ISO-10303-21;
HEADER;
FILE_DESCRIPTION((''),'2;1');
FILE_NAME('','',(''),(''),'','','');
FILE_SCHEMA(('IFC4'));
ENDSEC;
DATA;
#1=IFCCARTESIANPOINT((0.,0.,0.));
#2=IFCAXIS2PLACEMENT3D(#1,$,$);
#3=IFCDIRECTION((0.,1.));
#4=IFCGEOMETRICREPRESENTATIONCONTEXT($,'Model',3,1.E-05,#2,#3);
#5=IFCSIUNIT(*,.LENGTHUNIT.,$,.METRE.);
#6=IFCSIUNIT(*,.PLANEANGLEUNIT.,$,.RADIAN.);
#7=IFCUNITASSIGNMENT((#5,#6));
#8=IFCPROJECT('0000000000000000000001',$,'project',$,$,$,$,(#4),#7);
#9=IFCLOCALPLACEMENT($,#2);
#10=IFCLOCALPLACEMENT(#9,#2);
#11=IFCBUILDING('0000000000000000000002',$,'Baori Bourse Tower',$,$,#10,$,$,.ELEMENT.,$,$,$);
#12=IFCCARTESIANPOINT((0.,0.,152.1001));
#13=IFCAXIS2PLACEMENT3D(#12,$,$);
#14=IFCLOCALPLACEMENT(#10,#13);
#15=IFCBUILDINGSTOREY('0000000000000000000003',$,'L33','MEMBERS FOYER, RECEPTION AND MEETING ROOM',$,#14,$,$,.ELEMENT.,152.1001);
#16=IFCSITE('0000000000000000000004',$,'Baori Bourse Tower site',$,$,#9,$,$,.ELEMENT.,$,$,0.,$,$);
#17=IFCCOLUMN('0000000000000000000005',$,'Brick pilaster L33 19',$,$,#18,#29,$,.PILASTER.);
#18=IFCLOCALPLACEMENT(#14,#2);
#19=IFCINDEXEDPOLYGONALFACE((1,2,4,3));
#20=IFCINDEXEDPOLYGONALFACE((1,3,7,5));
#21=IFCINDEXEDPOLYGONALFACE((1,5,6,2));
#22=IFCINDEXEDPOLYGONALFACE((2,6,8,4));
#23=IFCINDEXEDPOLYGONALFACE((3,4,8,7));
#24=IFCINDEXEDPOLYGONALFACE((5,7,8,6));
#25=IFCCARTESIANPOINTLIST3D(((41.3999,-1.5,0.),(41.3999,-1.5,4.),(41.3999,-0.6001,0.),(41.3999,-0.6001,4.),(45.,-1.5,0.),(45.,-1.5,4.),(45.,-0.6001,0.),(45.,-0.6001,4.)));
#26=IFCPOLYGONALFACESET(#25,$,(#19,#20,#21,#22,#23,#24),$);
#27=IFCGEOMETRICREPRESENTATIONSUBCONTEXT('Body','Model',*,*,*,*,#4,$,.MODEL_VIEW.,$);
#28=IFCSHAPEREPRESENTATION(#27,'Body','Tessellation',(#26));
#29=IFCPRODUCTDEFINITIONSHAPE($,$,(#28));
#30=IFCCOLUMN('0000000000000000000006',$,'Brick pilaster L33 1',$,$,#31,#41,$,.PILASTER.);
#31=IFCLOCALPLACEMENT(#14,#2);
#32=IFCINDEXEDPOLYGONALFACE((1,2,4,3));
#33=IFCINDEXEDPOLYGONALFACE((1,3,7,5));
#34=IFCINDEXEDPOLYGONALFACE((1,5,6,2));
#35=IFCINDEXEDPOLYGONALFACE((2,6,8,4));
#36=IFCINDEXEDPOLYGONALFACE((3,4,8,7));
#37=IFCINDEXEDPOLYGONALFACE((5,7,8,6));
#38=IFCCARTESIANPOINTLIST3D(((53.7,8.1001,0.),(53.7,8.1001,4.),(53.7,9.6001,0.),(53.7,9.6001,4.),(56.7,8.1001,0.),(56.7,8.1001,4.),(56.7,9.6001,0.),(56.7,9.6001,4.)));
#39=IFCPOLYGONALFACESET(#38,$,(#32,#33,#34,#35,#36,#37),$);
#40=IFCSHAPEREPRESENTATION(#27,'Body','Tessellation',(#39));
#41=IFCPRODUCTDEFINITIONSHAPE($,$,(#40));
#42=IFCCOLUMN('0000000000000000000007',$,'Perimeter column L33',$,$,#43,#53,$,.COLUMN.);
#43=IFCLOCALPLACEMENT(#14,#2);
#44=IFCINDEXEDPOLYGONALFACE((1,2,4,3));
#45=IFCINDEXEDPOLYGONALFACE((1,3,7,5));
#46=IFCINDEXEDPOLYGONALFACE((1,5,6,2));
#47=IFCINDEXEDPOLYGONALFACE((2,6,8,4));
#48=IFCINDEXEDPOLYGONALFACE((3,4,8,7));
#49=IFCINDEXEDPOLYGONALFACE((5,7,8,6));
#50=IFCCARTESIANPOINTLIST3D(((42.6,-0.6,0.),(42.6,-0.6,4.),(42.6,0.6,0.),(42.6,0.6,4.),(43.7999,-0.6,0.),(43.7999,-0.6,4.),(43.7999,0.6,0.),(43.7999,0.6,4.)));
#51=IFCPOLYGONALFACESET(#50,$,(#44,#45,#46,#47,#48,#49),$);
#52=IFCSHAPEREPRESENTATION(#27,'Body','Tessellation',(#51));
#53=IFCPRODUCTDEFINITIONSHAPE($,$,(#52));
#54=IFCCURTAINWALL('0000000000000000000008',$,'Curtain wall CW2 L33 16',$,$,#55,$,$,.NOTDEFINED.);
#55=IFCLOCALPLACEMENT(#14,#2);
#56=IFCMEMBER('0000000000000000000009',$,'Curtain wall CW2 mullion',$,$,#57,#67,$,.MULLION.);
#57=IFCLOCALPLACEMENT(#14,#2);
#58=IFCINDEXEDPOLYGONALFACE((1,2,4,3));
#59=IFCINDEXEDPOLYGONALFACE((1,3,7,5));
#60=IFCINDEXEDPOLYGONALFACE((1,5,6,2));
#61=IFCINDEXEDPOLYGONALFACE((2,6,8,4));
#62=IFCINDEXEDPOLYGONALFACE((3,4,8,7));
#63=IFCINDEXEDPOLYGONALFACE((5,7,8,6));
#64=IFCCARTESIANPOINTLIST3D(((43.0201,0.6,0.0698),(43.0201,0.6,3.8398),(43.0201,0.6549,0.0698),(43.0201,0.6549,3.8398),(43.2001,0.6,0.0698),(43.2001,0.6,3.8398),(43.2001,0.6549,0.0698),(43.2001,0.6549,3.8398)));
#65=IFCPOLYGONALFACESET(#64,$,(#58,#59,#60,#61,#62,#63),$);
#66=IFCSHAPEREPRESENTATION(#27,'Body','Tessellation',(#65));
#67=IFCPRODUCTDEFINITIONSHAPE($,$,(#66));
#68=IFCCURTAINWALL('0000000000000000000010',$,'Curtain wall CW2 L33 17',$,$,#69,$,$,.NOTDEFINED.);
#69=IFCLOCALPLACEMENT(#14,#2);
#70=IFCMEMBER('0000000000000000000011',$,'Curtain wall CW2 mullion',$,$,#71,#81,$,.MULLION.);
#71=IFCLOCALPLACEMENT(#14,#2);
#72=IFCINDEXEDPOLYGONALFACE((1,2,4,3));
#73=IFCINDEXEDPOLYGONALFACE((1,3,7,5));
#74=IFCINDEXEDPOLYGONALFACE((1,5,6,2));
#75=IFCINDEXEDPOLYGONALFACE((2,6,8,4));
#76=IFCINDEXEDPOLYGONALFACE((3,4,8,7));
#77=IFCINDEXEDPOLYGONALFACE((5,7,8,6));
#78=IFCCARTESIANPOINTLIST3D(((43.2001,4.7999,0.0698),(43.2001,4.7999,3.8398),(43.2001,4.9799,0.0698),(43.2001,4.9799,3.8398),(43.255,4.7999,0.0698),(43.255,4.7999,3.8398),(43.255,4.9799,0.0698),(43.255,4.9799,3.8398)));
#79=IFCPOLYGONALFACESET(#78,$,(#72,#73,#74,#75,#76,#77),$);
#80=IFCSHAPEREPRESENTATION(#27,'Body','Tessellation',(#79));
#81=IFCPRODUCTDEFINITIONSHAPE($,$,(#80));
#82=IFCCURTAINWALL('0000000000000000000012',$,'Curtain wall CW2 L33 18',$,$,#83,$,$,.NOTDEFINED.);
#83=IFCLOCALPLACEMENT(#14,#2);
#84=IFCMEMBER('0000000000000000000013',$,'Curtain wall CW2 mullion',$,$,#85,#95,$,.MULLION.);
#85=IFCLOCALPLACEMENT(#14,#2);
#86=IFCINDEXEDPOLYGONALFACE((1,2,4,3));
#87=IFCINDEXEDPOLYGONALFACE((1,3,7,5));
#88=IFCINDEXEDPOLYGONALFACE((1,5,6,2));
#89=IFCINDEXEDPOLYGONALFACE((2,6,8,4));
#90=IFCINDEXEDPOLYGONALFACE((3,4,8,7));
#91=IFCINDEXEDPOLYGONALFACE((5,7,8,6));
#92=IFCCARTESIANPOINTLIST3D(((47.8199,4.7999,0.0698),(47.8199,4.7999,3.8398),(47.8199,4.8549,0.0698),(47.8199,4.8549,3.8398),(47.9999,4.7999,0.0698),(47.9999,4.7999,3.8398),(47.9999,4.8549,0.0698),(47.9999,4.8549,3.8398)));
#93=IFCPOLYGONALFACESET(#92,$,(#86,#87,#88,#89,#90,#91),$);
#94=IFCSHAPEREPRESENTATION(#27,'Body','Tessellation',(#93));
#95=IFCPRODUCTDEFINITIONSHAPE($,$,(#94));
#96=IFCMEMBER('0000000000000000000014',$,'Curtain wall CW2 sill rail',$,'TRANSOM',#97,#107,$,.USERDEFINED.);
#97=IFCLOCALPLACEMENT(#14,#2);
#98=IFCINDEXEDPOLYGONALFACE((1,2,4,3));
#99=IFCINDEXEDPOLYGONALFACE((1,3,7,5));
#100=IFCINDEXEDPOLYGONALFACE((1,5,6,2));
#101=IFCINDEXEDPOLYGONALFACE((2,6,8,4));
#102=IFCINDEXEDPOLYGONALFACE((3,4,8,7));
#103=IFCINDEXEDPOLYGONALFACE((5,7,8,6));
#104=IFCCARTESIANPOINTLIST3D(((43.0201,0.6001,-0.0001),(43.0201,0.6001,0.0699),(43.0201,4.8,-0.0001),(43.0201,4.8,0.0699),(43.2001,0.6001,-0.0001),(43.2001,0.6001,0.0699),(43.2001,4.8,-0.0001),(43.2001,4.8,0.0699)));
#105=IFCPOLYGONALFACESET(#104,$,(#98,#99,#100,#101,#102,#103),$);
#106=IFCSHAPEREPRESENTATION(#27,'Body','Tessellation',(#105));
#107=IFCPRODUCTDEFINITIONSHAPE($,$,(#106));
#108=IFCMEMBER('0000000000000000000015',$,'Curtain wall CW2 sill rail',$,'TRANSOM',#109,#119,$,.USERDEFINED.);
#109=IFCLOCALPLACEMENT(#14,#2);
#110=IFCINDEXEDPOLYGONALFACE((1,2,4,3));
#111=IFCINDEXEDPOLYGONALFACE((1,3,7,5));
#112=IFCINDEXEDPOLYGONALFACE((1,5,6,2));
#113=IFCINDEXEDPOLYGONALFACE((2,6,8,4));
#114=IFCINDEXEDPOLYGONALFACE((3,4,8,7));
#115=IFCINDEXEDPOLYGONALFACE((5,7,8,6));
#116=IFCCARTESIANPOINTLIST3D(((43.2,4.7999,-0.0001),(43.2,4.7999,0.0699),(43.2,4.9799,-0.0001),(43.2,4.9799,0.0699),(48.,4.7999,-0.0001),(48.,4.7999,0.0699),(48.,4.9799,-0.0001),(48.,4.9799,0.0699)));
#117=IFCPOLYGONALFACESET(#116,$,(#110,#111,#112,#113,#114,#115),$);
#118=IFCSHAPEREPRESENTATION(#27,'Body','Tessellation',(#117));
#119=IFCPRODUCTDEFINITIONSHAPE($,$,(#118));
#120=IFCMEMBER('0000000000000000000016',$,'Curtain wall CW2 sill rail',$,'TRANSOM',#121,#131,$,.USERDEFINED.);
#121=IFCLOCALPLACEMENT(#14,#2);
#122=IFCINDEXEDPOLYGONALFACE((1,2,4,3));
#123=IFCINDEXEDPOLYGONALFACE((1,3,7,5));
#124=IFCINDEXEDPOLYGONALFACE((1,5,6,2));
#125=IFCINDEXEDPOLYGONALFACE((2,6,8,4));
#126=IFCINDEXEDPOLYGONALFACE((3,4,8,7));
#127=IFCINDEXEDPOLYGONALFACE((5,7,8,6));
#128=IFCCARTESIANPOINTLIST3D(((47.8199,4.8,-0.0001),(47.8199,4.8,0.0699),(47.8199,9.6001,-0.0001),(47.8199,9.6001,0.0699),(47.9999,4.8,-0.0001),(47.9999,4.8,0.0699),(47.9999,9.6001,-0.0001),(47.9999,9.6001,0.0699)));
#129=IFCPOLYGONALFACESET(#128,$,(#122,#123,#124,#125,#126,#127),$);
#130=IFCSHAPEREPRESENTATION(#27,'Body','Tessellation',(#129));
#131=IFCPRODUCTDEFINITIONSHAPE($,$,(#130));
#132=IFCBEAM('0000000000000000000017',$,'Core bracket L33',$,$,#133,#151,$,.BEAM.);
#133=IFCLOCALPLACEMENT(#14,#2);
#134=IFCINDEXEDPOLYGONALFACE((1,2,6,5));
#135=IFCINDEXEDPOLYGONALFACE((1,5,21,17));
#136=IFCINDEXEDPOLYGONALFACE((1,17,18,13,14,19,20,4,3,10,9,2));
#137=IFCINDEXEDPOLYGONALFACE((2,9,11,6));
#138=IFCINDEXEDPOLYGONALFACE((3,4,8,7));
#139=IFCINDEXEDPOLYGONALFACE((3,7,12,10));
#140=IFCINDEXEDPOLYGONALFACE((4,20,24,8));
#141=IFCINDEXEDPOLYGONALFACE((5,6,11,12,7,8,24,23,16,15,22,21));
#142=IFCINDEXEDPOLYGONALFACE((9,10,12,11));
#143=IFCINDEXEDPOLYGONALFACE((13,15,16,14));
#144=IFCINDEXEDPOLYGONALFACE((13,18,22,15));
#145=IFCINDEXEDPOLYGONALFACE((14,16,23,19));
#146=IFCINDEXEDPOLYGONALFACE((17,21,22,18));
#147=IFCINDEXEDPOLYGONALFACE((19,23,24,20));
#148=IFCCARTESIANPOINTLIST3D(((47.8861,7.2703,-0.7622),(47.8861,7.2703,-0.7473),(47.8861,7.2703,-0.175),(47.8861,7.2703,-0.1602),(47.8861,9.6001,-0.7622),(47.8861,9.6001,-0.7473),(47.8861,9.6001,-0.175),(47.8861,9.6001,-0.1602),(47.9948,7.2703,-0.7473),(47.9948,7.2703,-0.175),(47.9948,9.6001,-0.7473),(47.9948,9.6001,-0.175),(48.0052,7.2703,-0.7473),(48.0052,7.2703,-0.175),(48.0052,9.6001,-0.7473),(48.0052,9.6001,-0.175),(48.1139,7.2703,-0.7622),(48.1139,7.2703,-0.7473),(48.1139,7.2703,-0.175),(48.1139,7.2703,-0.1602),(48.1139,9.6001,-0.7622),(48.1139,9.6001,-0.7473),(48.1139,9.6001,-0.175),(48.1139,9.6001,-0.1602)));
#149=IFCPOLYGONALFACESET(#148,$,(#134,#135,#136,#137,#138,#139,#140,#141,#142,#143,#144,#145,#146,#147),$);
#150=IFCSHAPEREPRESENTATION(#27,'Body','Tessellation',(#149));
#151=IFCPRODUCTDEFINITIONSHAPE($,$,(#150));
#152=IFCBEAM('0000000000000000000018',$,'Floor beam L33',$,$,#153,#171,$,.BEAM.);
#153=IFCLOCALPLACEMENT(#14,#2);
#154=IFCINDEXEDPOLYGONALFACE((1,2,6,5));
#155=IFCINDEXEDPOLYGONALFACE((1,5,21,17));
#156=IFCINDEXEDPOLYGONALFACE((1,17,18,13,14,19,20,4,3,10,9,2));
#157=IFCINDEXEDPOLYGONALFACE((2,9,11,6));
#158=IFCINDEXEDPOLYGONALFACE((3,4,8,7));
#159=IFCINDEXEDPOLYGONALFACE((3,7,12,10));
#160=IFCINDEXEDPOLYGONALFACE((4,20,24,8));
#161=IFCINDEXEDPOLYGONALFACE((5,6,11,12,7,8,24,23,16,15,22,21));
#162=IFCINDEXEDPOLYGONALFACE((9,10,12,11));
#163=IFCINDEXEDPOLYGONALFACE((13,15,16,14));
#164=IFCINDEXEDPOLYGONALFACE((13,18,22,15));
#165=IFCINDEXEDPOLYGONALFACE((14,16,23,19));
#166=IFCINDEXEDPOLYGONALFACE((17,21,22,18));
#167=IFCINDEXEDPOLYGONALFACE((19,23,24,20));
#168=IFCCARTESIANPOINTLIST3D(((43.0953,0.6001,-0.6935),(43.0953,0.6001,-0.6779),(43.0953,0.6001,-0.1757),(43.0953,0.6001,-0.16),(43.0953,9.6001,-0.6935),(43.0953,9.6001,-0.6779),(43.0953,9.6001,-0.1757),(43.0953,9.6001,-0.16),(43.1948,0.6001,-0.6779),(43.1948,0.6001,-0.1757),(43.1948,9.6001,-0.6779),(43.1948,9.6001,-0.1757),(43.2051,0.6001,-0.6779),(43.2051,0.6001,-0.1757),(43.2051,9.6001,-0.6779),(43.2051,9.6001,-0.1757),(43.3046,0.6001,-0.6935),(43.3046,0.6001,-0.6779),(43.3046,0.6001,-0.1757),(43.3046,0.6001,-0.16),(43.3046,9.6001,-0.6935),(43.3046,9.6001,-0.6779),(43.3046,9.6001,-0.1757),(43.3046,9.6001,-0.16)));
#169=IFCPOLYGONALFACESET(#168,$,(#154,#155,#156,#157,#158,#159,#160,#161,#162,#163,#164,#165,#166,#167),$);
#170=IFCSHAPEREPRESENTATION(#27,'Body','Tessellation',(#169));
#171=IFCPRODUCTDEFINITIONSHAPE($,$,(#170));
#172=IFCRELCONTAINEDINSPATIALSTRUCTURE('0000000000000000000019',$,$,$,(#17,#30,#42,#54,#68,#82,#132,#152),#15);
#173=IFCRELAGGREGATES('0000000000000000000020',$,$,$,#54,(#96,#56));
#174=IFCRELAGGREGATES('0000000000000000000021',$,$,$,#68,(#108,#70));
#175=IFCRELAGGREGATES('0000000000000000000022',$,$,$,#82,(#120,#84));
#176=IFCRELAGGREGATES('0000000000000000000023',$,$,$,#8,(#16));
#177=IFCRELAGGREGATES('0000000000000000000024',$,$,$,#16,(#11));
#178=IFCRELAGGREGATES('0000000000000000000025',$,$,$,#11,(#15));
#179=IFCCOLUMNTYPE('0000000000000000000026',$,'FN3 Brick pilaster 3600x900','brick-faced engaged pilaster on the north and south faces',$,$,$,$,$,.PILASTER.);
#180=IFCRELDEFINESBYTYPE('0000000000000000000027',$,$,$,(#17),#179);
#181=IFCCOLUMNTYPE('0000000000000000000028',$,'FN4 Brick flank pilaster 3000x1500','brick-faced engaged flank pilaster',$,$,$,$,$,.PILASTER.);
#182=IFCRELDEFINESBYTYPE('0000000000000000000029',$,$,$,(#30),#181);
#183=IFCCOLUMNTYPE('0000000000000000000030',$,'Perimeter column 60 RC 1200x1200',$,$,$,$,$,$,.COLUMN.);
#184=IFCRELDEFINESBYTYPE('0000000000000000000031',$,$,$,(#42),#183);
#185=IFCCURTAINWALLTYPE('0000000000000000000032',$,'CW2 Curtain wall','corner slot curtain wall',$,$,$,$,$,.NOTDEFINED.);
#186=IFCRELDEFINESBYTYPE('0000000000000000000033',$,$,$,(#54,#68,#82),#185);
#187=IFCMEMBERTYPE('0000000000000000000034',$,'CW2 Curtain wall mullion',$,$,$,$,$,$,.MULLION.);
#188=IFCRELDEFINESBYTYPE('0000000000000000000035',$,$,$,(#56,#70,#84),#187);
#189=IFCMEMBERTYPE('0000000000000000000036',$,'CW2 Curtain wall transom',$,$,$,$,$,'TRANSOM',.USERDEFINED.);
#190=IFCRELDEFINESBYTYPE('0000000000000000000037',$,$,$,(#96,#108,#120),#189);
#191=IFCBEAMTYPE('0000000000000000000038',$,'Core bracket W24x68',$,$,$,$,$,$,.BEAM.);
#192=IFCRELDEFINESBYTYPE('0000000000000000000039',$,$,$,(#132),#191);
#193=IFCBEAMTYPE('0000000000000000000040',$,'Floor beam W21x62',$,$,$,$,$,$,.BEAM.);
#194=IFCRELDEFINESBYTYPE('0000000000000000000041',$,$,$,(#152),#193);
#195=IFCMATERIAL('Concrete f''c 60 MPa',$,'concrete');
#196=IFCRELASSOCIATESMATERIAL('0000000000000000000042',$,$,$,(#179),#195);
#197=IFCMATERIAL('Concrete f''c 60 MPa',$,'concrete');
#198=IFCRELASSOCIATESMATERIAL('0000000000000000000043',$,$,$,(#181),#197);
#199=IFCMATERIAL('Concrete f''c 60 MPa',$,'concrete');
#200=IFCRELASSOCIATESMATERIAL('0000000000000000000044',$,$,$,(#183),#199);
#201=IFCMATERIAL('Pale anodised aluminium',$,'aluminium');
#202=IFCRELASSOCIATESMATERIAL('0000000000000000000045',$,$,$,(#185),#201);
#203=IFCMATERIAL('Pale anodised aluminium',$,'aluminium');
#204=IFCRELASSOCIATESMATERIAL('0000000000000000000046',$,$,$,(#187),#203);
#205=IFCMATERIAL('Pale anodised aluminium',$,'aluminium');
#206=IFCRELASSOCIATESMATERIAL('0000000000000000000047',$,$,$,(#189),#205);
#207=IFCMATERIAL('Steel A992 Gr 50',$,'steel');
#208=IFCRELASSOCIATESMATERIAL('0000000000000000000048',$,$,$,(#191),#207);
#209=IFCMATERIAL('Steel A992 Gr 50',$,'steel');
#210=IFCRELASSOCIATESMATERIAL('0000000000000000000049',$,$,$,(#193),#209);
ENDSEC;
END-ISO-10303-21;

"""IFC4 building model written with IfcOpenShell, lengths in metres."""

from ifc_helpers import new_model, si_unit, direction, frame, origin, origin_2d, place, context, subcontext, project, spatial, rectangle, i_section, extrude, material, material_profile, profile_set, type_object, element, aggregate, save


model = new_model("IFC4")

# Units and contexts
model_context = context("Model", 3, precision=1e-05, world=origin(), true_north=direction((0.0, 1.0)))
body_context = subcontext(model_context, "Body", "Model", "MODEL_VIEW")
ifc_project = project(units=[si_unit("LENGTHUNIT", "METRE"), si_unit("PLANEANGLEUNIT", "RADIAN")], contexts=[model_context])

# Site, building, storey
site_placement = place(None, origin())
site = spatial("IfcSite", under=ifc_project, at=site_placement, Name="Baori Bourse Tower site", CompositionType="ELEMENT", RefElevation=0.0)
building_placement = place(site_placement, origin())
building = spatial("IfcBuilding", under=site, at=building_placement, Name="Baori Bourse Tower", CompositionType="ELEMENT")
storey_placement = place(building_placement, frame((0.0, 0.0, 152.1001)))
storey = spatial("IfcBuildingStorey", under=building, at=storey_placement, Name="L33", Description="MEMBERS FOYER, RECEPTION AND MEETING ROOM", CompositionType="ELEMENT", Elevation=152.1001)

# Columns
ifc_material_1 = material(Name="Concrete f'c 60 MPa", Category="concrete")
ifc_material_profile_1 = material_profile(ifc_material_1, rectangle(XDim=3.6001, YDim=0.8999, at=origin_2d()), Name="RC 3600x900")
ifc_profile_set_1 = profile_set([ifc_material_profile_1], Name="Concrete f'c 60 MPa")
column_type_1 = type_object("IfcColumnType", Name="FN3 Brick pilaster 3600x900", Description="brick-faced engaged pilaster on the north and south faces", PredefinedType="PILASTER", material=ifc_profile_set_1)
column_1_placement = place(storey_placement, frame((43.2, -1.05, 0.0), z_axis=(0.0, 0.0, 1.0), x_axis=(1.0, 0.0, 0.0)))
element("IfcColumn", 1, at=column_1_placement, inside=storey, type_object=column_type_1, Name="Brick pilaster L33 19", PredefinedType="PILASTER", context=body_context, shape_type="SweptSolid", body=[
    extrude(rectangle(XDim=3.6001, YDim=0.8999, at=origin_2d()), origin(), (0.0, 0.0, 1.0), 4.0),
])
ifc_material_2 = material(Name="Concrete f'c 60 MPa", Category="concrete")
ifc_material_profile_2 = material_profile(ifc_material_2, rectangle(XDim=3.0, YDim=1.5, at=origin_2d()), Name="RC 3000x1500")
ifc_profile_set_2 = profile_set([ifc_material_profile_2], Name="Concrete f'c 60 MPa")
column_type_2 = type_object("IfcColumnType", Name="FN4 Brick flank pilaster 3000x1500", Description="brick-faced engaged flank pilaster", PredefinedType="PILASTER", material=ifc_profile_set_2)
column_2_placement = place(storey_placement, frame((55.2, 8.8501, 0.0), z_axis=(0.0, 0.0, 1.0), x_axis=(1.0, 0.0, 0.0)))
element("IfcColumn", 2, at=column_2_placement, inside=storey, type_object=column_type_2, Name="Brick pilaster L33 1", PredefinedType="PILASTER", context=body_context, shape_type="SweptSolid", body=[
    extrude(rectangle(XDim=3.0, YDim=1.5, at=origin_2d()), origin(), (0.0, 0.0, 1.0), 4.0),
])
ifc_material_3 = material(Name="Concrete f'c 60 MPa", Category="concrete")
ifc_material_profile_3 = material_profile(ifc_material_3, rectangle(XDim=1.2, YDim=1.2, at=origin_2d()), Name="RC 1200x1200")
ifc_profile_set_3 = profile_set([ifc_material_profile_3], Name="Concrete f'c 60 MPa")
column_type_3 = type_object("IfcColumnType", Name="Perimeter column 60 RC 1200x1200", PredefinedType="COLUMN", material=ifc_profile_set_3)
column_3_placement = place(storey_placement, frame((43.2, 0.0, 0.0), z_axis=(0.0, 0.0, 1.0), x_axis=(1.0, 0.0, 0.0)))
element("IfcColumn", 3, at=column_3_placement, inside=storey, type_object=column_type_3, Name="Perimeter column L33", PredefinedType="COLUMN", context=body_context, shape_type="SweptSolid", body=[
    extrude(rectangle(XDim=1.2, YDim=1.2, at=origin_2d()), origin(), (0.0, 0.0, 1.0), 4.0),
])

# Curtain walls, members
ifc_material_4 = material(Name="Pale anodised aluminium", Category="aluminium")
curtain_wall_type = type_object("IfcCurtainWallType", Name="CW2 Curtain wall", Description="corner slot curtain wall", PredefinedType="NOTDEFINED", material=ifc_material_4)
curtain_wall_1_placement = place(storey_placement, origin())
curtain_wall_1 = element("IfcCurtainWall", 4, at=curtain_wall_1_placement, inside=storey, type_object=curtain_wall_type, Name="Curtain wall CW2 L33 16", PredefinedType="NOTDEFINED")
ifc_material_5 = material(Name="Pale anodised aluminium", Category="aluminium")
ifc_material_profile_4 = material_profile(ifc_material_5, rectangle(XDim=0.1799, YDim=0.0549, at=origin_2d()), Name="Mullion 55x180")
ifc_profile_set_4 = profile_set([ifc_material_profile_4], Name="Pale anodised aluminium")
member_type_1 = type_object("IfcMemberType", Name="CW2 Curtain wall mullion", PredefinedType="MULLION", material=ifc_profile_set_4)
member_1_placement = place(storey_placement, frame((43.1101, 0.6274, 0.0698), z_axis=(0.0, 0.0, 1.0), x_axis=(-1.0, 0.0, 0.0)))
member_1 = element("IfcMember", 5, at=member_1_placement, type_object=member_type_1, Name="Curtain wall CW2 mullion", PredefinedType="MULLION", context=body_context, shape_type="SweptSolid", body=[
    extrude(rectangle(XDim=0.1799, YDim=0.0549, at=origin_2d()), origin(), (0.0, 0.0, 1.0), 3.77),
])
curtain_wall_2_placement = place(storey_placement, origin())
curtain_wall_2 = element("IfcCurtainWall", 6, at=curtain_wall_2_placement, inside=storey, type_object=curtain_wall_type, Name="Curtain wall CW2 L33 17", PredefinedType="NOTDEFINED")
member_2_placement = place(storey_placement, frame((43.2275, 4.8899, 0.0698), z_axis=(0.0, 0.0, 1.0), x_axis=(0.0, 1.0, 0.0)))
member_2 = element("IfcMember", 7, at=member_2_placement, type_object=member_type_1, Name="Curtain wall CW2 mullion", PredefinedType="MULLION", context=body_context, shape_type="SweptSolid", body=[
    extrude(rectangle(XDim=0.1799, YDim=0.0549, at=origin_2d()), origin(), (0.0, 0.0, 1.0), 3.77),
])
curtain_wall_3_placement = place(storey_placement, origin())
curtain_wall_3 = element("IfcCurtainWall", 8, at=curtain_wall_3_placement, inside=storey, type_object=curtain_wall_type, Name="Curtain wall CW2 L33 18", PredefinedType="NOTDEFINED")
member_3_placement = place(storey_placement, frame((47.9099, 4.8274, 0.0698), z_axis=(0.0, 0.0, 1.0), x_axis=(-1.0, 0.0, 0.0)))
member_3 = element("IfcMember", 9, at=member_3_placement, type_object=member_type_1, Name="Curtain wall CW2 mullion", PredefinedType="MULLION", context=body_context, shape_type="SweptSolid", body=[
    extrude(rectangle(XDim=0.1799, YDim=0.0549, at=origin_2d()), origin(), (0.0, 0.0, 1.0), 3.77),
])

# Members
ifc_material_6 = material(Name="Pale anodised aluminium", Category="aluminium")
ifc_material_profile_5 = material_profile(ifc_material_6, rectangle(XDim=0.1799, YDim=0.0701, at=origin_2d()), Name="Transom 70x180")
ifc_profile_set_5 = profile_set([ifc_material_profile_5], Name="Pale anodised aluminium")
member_type_2 = type_object("IfcMemberType", Name="CW2 Curtain wall transom", ElementType="TRANSOM", PredefinedType="USERDEFINED", material=ifc_profile_set_5)
member_4_placement = place(storey_placement, frame((43.1101, 0.6001, 0.0349), z_axis=(0.0, 1.0, 0.0), x_axis=(-1.0, 0.0, 0.0)))
member_4 = element("IfcMember", 10, at=member_4_placement, type_object=member_type_2, Name="Curtain wall CW2 sill rail", ObjectType="TRANSOM", PredefinedType="USERDEFINED", context=body_context, shape_type="SweptSolid", body=[
    extrude(rectangle(XDim=0.1799, YDim=0.0701, at=origin_2d()), origin(), (0.0, 0.0, 1.0), 4.2),
])
member_5_placement = place(storey_placement, frame((43.2, 4.8899, 0.0349), z_axis=(1.0, 0.0, 0.0), x_axis=(0.0, 1.0, 0.0)))
member_5 = element("IfcMember", 11, at=member_5_placement, type_object=member_type_2, Name="Curtain wall CW2 sill rail", ObjectType="TRANSOM", PredefinedType="USERDEFINED", context=body_context, shape_type="SweptSolid", body=[
    extrude(rectangle(XDim=0.1799, YDim=0.0701, at=origin_2d()), origin(), (0.0, 0.0, 1.0), 4.8),
])
member_6_placement = place(storey_placement, frame((47.9099, 4.8, 0.0349), z_axis=(0.0, 1.0, 0.0), x_axis=(-1.0, 0.0, 0.0)))
member_6 = element("IfcMember", 12, at=member_6_placement, type_object=member_type_2, Name="Curtain wall CW2 sill rail", ObjectType="TRANSOM", PredefinedType="USERDEFINED", context=body_context, shape_type="SweptSolid", body=[
    extrude(rectangle(XDim=0.1799, YDim=0.0701, at=origin_2d()), origin(), (0.0, 0.0, 1.0), 4.8),
])

# Beams
ifc_material_7 = material(Name="Steel A992 Gr 50", Category="steel")
ifc_material_profile_6 = material_profile(ifc_material_7, i_section(OverallWidth=0.2278, OverallDepth=0.6021, WebThickness=0.0105, FlangeThickness=0.0149, at=origin_2d()), Name="W24x68")
ifc_profile_set_6 = profile_set([ifc_material_profile_6], Name="Steel A992 Gr 50")
beam_type_1 = type_object("IfcBeamType", Name="Core bracket W24x68", PredefinedType="BEAM", material=ifc_profile_set_6)
beam_1_placement = place(storey_placement, frame((48.0, 7.2703, -0.4612), z_axis=(0.0, 1.0, 0.0), x_axis=(-1.0, 0.0, 0.0)))
element("IfcBeam", 13, at=beam_1_placement, inside=storey, type_object=beam_type_1, Name="Core bracket L33", PredefinedType="BEAM", context=body_context, shape_type="SweptSolid", body=[
    extrude(i_section(OverallWidth=0.2278, OverallDepth=0.6021, WebThickness=0.0105, FlangeThickness=0.0149, at=origin_2d()), origin(), (0.0, 0.0, 1.0), 2.3298),
])
ifc_material_8 = material(Name="Steel A992 Gr 50", Category="steel")
ifc_material_profile_7 = material_profile(ifc_material_8, i_section(OverallWidth=0.2092, OverallDepth=0.5334, WebThickness=0.0103, FlangeThickness=0.0156, at=origin_2d()), Name="W21x62")
ifc_profile_set_7 = profile_set([ifc_material_profile_7], Name="Steel A992 Gr 50")
beam_type_2 = type_object("IfcBeamType", Name="Floor beam W21x62", PredefinedType="BEAM", material=ifc_profile_set_7)
beam_2_placement = place(storey_placement, frame((43.2, 0.6001, -0.4268), z_axis=(0.0, 1.0, 0.0), x_axis=(-1.0, 0.0, 0.0)))
element("IfcBeam", 14, at=beam_2_placement, inside=storey, type_object=beam_type_2, Name="Floor beam L33", PredefinedType="BEAM", context=body_context, shape_type="SweptSolid", body=[
    extrude(i_section(OverallWidth=0.2092, OverallDepth=0.5334, WebThickness=0.0103, FlangeThickness=0.0156, at=origin_2d()), origin(), (0.0, 0.0, 1.0), 9.0),
])

aggregate(curtain_wall_1, [member_4, member_1])
aggregate(curtain_wall_2, [member_5, member_2])
aggregate(curtain_wall_3, [member_6, member_3])

save(model, "model.ifc")
